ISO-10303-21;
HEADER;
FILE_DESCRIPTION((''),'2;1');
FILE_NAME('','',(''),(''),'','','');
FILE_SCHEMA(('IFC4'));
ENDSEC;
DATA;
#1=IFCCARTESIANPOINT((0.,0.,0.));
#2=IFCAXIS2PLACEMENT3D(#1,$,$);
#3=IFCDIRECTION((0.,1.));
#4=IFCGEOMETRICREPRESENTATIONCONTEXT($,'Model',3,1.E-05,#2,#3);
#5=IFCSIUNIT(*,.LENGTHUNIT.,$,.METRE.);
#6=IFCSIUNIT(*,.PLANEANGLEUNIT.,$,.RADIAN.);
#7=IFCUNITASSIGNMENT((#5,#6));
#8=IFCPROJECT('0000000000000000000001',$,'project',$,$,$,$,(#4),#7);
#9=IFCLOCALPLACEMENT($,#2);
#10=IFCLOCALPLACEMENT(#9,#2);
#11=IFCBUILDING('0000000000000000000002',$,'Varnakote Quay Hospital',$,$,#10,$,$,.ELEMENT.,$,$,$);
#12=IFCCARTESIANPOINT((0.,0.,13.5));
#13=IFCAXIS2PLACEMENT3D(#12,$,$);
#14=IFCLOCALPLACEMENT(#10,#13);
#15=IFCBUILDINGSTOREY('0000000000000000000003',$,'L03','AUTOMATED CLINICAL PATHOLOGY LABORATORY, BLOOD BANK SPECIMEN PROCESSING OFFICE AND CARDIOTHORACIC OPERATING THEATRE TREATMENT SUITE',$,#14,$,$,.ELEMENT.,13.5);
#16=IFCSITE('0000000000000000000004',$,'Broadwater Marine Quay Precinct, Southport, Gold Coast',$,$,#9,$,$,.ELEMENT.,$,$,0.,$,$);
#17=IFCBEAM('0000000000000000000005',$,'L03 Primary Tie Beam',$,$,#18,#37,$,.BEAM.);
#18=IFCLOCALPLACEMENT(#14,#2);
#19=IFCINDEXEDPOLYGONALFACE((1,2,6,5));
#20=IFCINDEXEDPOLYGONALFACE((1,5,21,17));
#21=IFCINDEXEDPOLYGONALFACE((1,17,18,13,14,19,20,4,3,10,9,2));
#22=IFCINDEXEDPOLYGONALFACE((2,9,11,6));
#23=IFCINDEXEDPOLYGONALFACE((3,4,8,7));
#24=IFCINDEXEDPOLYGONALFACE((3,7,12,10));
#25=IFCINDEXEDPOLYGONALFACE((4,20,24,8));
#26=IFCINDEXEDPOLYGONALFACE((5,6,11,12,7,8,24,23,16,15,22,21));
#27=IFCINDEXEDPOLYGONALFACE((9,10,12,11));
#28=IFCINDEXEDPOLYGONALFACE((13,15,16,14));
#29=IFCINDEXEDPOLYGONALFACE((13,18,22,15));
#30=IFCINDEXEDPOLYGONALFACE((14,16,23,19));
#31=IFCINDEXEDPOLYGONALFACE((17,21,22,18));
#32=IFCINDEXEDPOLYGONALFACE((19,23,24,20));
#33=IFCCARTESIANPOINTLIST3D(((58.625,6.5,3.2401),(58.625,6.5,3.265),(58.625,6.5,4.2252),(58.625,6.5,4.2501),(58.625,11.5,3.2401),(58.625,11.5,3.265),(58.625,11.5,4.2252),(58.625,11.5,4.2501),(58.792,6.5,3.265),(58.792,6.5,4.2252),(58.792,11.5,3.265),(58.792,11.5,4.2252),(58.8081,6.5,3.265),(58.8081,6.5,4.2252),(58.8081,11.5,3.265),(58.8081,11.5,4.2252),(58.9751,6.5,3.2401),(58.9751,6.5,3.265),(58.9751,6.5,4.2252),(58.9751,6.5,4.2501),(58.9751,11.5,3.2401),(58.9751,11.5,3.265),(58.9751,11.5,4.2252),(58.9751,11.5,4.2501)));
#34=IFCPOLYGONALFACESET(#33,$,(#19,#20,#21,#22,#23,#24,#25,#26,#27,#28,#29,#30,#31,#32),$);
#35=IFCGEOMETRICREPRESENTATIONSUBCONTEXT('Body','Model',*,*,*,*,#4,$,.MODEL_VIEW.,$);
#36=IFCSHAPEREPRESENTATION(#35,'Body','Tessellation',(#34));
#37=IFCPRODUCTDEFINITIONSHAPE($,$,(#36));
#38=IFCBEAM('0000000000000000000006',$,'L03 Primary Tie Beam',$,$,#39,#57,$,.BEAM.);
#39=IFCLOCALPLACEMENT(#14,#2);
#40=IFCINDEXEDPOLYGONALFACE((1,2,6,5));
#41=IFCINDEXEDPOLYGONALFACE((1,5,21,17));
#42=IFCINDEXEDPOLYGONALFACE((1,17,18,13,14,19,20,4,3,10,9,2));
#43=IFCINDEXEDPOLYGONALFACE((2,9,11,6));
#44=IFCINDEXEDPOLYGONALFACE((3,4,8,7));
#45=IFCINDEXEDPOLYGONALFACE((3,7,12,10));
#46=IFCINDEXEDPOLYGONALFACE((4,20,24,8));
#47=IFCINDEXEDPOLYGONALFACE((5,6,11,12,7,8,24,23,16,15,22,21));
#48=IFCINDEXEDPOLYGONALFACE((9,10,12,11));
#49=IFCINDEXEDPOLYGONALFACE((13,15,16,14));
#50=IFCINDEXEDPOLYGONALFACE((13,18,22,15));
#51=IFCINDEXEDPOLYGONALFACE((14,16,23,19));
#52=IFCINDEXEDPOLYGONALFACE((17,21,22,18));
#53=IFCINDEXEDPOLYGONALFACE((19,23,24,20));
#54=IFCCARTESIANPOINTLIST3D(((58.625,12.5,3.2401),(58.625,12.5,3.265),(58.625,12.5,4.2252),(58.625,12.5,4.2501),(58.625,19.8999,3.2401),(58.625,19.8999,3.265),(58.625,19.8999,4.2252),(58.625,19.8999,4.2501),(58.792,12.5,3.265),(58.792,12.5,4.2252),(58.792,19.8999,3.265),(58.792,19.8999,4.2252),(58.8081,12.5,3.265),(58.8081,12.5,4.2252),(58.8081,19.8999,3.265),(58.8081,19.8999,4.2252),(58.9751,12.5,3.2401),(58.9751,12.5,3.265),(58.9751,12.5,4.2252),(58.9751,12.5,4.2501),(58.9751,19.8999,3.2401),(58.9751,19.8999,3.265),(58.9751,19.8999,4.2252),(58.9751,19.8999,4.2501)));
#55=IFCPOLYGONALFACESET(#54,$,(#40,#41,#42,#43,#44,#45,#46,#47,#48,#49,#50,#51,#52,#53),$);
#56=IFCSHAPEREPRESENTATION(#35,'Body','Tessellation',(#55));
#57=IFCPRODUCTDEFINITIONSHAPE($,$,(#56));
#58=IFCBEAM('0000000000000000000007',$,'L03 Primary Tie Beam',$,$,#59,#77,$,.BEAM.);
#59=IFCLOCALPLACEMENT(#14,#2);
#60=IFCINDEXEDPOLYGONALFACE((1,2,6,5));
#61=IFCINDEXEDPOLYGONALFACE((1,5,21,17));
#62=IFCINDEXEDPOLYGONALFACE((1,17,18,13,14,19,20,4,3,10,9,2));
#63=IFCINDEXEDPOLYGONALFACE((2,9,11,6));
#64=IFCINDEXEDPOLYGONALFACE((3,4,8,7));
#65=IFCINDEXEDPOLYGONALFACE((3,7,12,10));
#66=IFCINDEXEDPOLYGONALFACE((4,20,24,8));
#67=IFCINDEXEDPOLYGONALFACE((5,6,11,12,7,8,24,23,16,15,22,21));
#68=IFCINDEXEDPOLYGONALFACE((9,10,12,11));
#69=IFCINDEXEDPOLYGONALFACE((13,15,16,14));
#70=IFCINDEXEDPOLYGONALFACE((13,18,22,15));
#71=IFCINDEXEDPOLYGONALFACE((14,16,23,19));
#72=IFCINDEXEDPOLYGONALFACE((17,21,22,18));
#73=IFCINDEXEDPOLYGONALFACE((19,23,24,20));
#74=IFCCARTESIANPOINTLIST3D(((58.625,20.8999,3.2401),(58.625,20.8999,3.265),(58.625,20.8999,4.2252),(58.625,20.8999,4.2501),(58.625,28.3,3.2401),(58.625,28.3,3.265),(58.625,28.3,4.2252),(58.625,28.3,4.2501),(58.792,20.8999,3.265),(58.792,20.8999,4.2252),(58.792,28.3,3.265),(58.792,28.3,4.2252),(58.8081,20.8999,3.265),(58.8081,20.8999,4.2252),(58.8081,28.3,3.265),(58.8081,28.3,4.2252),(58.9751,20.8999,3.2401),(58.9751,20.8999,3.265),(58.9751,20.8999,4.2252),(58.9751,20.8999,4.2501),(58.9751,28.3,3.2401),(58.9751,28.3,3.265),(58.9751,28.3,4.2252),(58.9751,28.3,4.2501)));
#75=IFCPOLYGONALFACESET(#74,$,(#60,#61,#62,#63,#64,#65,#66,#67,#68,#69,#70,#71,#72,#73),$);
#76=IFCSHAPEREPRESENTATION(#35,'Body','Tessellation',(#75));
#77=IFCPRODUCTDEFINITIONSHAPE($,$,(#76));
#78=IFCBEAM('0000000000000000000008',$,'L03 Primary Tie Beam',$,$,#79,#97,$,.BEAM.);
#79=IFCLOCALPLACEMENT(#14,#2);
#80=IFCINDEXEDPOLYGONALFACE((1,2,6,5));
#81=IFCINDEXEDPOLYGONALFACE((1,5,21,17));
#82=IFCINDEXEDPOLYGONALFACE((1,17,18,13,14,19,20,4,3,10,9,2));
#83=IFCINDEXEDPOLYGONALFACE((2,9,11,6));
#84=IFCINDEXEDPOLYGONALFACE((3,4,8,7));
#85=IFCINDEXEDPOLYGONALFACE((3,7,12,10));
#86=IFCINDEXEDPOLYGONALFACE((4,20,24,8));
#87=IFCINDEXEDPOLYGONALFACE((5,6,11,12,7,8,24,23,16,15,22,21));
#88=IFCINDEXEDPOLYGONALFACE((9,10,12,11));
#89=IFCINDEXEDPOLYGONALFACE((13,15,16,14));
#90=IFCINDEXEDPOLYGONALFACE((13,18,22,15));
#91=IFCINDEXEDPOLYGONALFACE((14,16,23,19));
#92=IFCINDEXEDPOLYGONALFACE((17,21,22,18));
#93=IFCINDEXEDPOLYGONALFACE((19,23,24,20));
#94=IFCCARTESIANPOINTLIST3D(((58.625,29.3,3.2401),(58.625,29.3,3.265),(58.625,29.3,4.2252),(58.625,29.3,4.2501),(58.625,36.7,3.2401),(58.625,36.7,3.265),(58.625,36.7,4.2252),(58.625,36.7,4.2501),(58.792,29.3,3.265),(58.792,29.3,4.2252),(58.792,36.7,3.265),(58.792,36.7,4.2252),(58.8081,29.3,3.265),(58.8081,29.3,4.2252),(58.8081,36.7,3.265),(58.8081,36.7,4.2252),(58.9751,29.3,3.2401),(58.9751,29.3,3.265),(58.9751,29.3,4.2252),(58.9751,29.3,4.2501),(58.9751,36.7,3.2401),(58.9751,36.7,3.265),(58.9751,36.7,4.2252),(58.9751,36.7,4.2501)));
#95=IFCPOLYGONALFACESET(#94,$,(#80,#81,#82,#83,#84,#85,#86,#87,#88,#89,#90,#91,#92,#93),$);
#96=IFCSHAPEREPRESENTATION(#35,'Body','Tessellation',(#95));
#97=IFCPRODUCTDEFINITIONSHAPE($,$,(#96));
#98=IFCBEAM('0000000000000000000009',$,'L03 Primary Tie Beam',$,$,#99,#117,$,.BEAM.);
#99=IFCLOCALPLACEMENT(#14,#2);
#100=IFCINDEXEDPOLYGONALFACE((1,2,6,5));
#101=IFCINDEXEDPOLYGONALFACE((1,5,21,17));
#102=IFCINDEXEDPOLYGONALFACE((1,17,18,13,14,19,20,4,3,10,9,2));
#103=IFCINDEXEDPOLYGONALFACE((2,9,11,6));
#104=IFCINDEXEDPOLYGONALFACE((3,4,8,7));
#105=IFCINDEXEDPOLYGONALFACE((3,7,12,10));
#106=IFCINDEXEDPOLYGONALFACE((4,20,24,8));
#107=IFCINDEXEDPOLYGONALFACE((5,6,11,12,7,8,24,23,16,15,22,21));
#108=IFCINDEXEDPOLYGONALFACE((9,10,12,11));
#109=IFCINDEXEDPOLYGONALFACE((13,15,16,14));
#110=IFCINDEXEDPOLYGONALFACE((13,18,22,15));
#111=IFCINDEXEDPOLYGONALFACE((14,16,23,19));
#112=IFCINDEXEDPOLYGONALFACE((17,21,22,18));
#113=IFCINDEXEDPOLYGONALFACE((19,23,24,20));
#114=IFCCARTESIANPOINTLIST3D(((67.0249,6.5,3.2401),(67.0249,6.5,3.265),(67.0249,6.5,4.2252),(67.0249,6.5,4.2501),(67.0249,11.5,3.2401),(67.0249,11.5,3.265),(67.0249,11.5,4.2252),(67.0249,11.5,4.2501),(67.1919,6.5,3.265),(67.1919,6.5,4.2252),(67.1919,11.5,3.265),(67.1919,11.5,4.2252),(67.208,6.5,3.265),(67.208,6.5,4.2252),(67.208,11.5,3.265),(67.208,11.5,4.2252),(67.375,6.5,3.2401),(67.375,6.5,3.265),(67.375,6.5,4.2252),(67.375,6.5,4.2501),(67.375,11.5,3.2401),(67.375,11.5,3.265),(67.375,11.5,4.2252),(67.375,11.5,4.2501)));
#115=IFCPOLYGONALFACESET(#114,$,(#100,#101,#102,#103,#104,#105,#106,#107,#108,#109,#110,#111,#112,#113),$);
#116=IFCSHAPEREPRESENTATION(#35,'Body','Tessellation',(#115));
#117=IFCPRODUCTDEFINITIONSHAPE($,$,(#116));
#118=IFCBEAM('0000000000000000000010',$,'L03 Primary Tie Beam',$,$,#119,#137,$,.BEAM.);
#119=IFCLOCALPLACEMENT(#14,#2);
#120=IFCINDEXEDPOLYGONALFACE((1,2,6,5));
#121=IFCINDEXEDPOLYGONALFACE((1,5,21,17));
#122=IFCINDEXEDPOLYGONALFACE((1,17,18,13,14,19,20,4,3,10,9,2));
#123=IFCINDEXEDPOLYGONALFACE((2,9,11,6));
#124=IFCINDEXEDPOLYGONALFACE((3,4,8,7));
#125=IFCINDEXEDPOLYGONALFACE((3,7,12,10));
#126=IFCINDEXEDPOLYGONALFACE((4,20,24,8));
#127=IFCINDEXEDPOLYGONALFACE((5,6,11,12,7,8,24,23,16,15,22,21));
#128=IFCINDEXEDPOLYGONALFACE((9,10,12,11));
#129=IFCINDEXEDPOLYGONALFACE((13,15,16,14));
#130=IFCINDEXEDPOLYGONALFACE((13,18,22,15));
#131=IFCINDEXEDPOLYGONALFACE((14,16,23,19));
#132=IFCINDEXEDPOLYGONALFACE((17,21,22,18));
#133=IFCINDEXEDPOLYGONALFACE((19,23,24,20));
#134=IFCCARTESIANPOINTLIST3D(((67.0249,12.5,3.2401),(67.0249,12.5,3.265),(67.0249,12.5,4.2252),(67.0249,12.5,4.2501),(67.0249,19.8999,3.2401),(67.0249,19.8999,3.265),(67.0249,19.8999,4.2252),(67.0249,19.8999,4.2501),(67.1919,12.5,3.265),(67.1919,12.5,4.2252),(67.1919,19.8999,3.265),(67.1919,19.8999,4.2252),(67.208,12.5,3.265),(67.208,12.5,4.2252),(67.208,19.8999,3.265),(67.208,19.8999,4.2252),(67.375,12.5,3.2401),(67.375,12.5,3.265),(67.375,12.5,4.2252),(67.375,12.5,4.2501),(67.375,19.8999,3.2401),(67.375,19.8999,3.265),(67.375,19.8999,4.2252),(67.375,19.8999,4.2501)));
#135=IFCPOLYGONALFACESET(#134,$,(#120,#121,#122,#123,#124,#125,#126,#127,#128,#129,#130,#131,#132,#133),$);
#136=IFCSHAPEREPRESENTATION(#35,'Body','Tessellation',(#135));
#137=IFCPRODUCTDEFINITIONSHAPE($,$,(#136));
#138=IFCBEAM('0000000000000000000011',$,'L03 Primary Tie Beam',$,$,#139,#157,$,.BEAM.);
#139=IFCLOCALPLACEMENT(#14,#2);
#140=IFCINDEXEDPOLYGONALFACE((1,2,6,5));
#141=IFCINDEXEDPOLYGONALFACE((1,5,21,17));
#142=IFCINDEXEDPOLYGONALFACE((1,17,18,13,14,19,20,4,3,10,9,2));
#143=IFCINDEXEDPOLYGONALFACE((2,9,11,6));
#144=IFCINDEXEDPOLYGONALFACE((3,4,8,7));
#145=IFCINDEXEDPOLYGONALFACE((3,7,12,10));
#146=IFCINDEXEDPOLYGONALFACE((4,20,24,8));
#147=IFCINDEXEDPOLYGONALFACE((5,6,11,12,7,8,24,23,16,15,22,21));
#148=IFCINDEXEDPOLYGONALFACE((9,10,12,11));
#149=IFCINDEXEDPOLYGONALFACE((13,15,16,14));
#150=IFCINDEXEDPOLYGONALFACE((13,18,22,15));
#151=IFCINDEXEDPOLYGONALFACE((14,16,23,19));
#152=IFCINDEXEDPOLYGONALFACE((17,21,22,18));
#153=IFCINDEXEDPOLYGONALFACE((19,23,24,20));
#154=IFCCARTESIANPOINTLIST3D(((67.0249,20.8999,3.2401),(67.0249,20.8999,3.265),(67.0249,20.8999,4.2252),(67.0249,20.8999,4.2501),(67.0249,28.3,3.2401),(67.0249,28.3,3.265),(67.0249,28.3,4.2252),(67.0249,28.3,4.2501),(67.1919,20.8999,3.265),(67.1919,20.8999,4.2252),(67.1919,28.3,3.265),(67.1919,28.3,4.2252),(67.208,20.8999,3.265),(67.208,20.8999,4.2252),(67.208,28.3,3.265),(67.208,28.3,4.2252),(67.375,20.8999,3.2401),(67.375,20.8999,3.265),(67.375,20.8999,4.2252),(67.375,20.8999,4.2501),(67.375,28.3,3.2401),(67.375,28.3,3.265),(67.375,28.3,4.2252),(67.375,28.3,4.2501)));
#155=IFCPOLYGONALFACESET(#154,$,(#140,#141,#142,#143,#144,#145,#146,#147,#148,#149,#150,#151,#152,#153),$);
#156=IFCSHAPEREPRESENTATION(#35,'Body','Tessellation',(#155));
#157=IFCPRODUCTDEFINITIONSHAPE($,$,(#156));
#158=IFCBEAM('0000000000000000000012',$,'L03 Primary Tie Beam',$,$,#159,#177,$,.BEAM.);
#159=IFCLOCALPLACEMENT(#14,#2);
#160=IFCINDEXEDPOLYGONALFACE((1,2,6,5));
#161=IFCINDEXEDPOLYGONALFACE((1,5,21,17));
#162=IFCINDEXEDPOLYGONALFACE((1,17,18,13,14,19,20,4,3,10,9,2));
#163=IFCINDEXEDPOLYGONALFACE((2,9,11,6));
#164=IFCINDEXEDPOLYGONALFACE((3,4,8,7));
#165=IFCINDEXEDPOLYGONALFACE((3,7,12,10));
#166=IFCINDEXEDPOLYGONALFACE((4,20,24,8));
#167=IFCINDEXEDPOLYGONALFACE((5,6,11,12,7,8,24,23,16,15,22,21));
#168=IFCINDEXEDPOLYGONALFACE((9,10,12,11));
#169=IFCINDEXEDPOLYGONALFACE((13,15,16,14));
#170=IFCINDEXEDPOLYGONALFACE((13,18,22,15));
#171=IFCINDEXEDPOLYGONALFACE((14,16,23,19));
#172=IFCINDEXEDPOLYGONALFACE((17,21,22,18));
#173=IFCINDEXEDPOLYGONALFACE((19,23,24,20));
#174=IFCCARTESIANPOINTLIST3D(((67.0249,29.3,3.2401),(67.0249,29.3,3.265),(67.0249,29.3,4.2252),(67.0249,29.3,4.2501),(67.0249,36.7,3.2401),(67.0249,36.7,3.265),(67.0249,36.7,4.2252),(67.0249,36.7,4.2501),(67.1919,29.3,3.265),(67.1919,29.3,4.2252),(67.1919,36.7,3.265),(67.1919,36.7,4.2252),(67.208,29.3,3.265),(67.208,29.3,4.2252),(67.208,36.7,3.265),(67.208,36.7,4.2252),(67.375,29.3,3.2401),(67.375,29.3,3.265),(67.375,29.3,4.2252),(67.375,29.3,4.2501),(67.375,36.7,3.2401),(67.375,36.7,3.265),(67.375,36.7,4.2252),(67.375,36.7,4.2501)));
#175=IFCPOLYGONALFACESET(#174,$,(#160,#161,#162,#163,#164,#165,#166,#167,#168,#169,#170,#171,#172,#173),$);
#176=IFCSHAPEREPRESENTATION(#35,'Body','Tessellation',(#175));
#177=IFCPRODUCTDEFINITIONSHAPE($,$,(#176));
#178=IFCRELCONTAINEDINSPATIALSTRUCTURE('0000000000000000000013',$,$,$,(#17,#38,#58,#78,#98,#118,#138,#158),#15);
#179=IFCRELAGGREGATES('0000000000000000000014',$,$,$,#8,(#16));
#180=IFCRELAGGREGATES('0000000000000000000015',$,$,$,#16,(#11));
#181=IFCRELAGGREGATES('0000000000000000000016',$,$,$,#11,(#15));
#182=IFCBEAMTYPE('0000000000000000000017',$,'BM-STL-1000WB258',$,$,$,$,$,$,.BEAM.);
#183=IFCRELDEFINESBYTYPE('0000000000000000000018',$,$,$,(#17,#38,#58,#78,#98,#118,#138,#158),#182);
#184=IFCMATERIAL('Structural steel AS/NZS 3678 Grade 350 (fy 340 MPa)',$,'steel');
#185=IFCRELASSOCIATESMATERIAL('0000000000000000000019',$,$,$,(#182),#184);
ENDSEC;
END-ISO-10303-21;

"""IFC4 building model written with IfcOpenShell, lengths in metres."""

from ifc_helpers import new_model, si_unit, direction, frame, origin, origin_2d, place, context, subcontext, project, spatial, i_section, extrude, material, material_profile, profile_set, type_object, element, save


model = new_model("IFC4")

# Units and contexts
model_context = context("Model", 3, precision=1e-05, world=origin(), true_north=direction((0.0, 1.0)))
body_context = subcontext(model_context, "Body", "Model", "MODEL_VIEW")
ifc_project = project(units=[si_unit("LENGTHUNIT", "METRE"), si_unit("PLANEANGLEUNIT", "RADIAN")], contexts=[model_context])

# Site, building, storey
site_placement = place(None, origin())
site = spatial("IfcSite", under=ifc_project, at=site_placement, Name="Broadwater Marine Quay Precinct, Southport, Gold Coast", CompositionType="ELEMENT", RefElevation=0.0)
building_placement = place(site_placement, origin())
building = spatial("IfcBuilding", under=site, at=building_placement, Name="Varnakote Quay Hospital", CompositionType="ELEMENT")
storey_placement = place(building_placement, frame((0.0, 0.0, 13.5)))
storey = spatial("IfcBuildingStorey", under=building, at=storey_placement, Name="L03", Description="AUTOMATED CLINICAL PATHOLOGY LABORATORY, BLOOD BANK SPECIMEN PROCESSING OFFICE AND CARDIOTHORACIC OPERATING THEATRE TREATMENT SUITE", CompositionType="ELEMENT", Elevation=13.5)

# Beams
ifc_material_1 = material(Name="Structural steel AS/NZS 3678 Grade 350 (fy 340 MPa)", Category="steel")
ifc_material_profile_1 = material_profile(ifc_material_1, i_section(OverallWidth=0.3501, OverallDepth=1.01, WebThickness=0.0161, FlangeThickness=0.0249, at=origin_2d()), Name="1000WB258")
ifc_profile_set_1 = profile_set([ifc_material_profile_1], Name="Structural steel AS/NZS 3678 Grade 350 (fy 340 MPa)")
beam_type_1 = type_object("IfcBeamType", Name="BM-STL-1000WB258", PredefinedType="BEAM", material=ifc_profile_set_1)
beam_1_placement = place(storey_placement, frame((58.8, 6.5, 3.7451), z_axis=(0.0, 1.0, 0.0), x_axis=(-1.0, 0.0, 0.0)))
element("IfcBeam", 1, at=beam_1_placement, inside=storey, type_object=beam_type_1, Name="L03 Primary Tie Beam", PredefinedType="BEAM", context=body_context, shape_type="SweptSolid", body=[
    extrude(i_section(OverallWidth=0.3501, OverallDepth=1.01, WebThickness=0.0161, FlangeThickness=0.0249, at=origin_2d()), origin(), (0.0, 0.0, 1.0), 5.0),
])
beam_2_placement = place(storey_placement, frame((58.8, 12.5, 3.7451), z_axis=(0.0, 1.0, 0.0), x_axis=(-1.0, 0.0, 0.0)))
element("IfcBeam", 2, at=beam_2_placement, inside=storey, type_object=beam_type_1, Name="L03 Primary Tie Beam", PredefinedType="BEAM", context=body_context, shape_type="SweptSolid", body=[
    extrude(i_section(OverallWidth=0.3501, OverallDepth=1.01, WebThickness=0.0161, FlangeThickness=0.0249, at=origin_2d()), origin(), (0.0, 0.0, 1.0), 7.3999),
])
beam_3_placement = place(storey_placement, frame((58.8, 20.8999, 3.7451), z_axis=(0.0, 1.0, 0.0), x_axis=(-1.0, 0.0, 0.0)))
element("IfcBeam", 3, at=beam_3_placement, inside=storey, type_object=beam_type_1, Name="L03 Primary Tie Beam", PredefinedType="BEAM", context=body_context, shape_type="SweptSolid", body=[
    extrude(i_section(OverallWidth=0.3501, OverallDepth=1.01, WebThickness=0.0161, FlangeThickness=0.0249, at=origin_2d()), origin(), (0.0, 0.0, 1.0), 7.4001),
])
beam_4_placement = place(storey_placement, frame((58.8, 29.3, 3.7451), z_axis=(0.0, 1.0, 0.0), x_axis=(-1.0, 0.0, 0.0)))
element("IfcBeam", 4, at=beam_4_placement, inside=storey, type_object=beam_type_1, Name="L03 Primary Tie Beam", PredefinedType="BEAM", context=body_context, shape_type="SweptSolid", body=[
    extrude(i_section(OverallWidth=0.3501, OverallDepth=1.01, WebThickness=0.0161, FlangeThickness=0.0249, at=origin_2d()), origin(), (0.0, 0.0, 1.0), 7.3999),
])
beam_5_placement = place(storey_placement, frame((67.2, 6.5, 3.7451), z_axis=(0.0, 1.0, 0.0), x_axis=(-1.0, 0.0, 0.0)))
element("IfcBeam", 5, at=beam_5_placement, inside=storey, type_object=beam_type_1, Name="L03 Primary Tie Beam", PredefinedType="BEAM", context=body_context, shape_type="SweptSolid", body=[
    extrude(i_section(OverallWidth=0.3501, OverallDepth=1.01, WebThickness=0.0161, FlangeThickness=0.0249, at=origin_2d()), origin(), (0.0, 0.0, 1.0), 5.0),
])
beam_6_placement = place(storey_placement, frame((67.2, 12.5, 3.7451), z_axis=(0.0, 1.0, 0.0), x_axis=(-1.0, 0.0, 0.0)))
element("IfcBeam", 6, at=beam_6_placement, inside=storey, type_object=beam_type_1, Name="L03 Primary Tie Beam", PredefinedType="BEAM", context=body_context, shape_type="SweptSolid", body=[
    extrude(i_section(OverallWidth=0.3501, OverallDepth=1.01, WebThickness=0.0161, FlangeThickness=0.0249, at=origin_2d()), origin(), (0.0, 0.0, 1.0), 7.3999),
])
beam_7_placement = place(storey_placement, frame((67.2, 20.8999, 3.7451), z_axis=(0.0, 1.0, 0.0), x_axis=(-1.0, 0.0, 0.0)))
element("IfcBeam", 7, at=beam_7_placement, inside=storey, type_object=beam_type_1, Name="L03 Primary Tie Beam", PredefinedType="BEAM", context=body_context, shape_type="SweptSolid", body=[
    extrude(i_section(OverallWidth=0.3501, OverallDepth=1.01, WebThickness=0.0161, FlangeThickness=0.0249, at=origin_2d()), origin(), (0.0, 0.0, 1.0), 7.4001),
])
beam_8_placement = place(storey_placement, frame((67.2, 29.3, 3.7451), z_axis=(0.0, 1.0, 0.0), x_axis=(-1.0, 0.0, 0.0)))
element("IfcBeam", 8, at=beam_8_placement, inside=storey, type_object=beam_type_1, Name="L03 Primary Tie Beam", PredefinedType="BEAM", context=body_context, shape_type="SweptSolid", body=[
    extrude(i_section(OverallWidth=0.3501, OverallDepth=1.01, WebThickness=0.0161, FlangeThickness=0.0249, at=origin_2d()), origin(), (0.0, 0.0, 1.0), 7.3999),
])

save(model, "model.ifc")
